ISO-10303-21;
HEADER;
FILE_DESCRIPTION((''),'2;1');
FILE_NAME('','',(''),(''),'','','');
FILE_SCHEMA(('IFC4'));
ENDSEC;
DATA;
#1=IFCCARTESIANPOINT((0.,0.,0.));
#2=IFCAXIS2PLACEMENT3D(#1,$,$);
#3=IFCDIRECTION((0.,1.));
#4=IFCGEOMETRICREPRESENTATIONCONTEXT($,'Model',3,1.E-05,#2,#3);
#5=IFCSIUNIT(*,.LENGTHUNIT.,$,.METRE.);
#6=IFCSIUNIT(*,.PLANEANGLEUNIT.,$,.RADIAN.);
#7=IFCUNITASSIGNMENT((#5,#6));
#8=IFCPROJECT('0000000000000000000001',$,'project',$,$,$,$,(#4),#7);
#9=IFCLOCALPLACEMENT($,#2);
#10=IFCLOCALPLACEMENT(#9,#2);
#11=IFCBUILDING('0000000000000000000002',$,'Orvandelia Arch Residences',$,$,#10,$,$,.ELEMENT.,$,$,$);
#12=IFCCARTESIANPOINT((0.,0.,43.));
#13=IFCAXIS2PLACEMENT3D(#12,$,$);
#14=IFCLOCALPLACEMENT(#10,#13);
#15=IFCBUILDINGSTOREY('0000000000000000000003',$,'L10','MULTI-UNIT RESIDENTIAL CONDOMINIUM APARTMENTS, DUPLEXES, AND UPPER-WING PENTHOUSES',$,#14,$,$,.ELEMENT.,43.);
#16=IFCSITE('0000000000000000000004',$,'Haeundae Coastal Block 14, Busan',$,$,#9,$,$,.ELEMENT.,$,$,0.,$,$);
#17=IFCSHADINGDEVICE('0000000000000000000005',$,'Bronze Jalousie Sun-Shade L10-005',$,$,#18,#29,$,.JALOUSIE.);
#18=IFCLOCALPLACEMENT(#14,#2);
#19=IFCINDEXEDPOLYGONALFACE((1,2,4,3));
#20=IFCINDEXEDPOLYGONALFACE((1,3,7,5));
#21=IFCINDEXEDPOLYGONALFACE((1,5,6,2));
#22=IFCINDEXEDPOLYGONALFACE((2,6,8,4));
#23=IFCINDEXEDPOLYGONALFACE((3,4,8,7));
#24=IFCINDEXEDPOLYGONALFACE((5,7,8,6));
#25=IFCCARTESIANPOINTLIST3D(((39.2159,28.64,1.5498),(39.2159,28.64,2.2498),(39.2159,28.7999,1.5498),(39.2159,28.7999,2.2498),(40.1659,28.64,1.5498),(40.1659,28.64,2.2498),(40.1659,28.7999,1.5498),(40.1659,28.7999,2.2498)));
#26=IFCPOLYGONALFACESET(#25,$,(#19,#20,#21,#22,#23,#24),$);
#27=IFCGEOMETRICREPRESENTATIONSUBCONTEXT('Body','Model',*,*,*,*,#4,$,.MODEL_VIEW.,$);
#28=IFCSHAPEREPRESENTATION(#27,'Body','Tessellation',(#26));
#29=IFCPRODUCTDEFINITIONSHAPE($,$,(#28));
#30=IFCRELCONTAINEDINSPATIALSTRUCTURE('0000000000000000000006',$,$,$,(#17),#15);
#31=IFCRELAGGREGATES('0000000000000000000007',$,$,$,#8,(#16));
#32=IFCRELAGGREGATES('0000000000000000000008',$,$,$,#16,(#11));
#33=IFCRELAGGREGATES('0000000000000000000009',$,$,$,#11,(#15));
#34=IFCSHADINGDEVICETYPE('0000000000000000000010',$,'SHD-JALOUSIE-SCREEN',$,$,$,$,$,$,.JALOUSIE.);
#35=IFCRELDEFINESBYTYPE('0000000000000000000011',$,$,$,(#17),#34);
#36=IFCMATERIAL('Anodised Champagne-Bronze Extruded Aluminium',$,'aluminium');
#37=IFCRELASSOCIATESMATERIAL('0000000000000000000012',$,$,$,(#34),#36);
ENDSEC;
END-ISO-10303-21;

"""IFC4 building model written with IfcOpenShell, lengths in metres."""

from ifc_helpers import new_model, si_unit, direction, frame, origin, origin_2d, place, context, subcontext, project, spatial, rectangle, extrude, material, type_object, element, save


model = new_model("IFC4")

# Units and contexts
model_context = context("Model", 3, precision=1e-05, world=origin(), true_north=direction((0.0, 1.0)))
body_context = subcontext(model_context, "Body", "Model", "MODEL_VIEW")
ifc_project = project(units=[si_unit("LENGTHUNIT", "METRE"), si_unit("PLANEANGLEUNIT", "RADIAN")], contexts=[model_context])

# Site, building, storey
site_placement = place(None, origin())
site = spatial("IfcSite", under=ifc_project, at=site_placement, Name="Haeundae Coastal Block 14, Busan", CompositionType="ELEMENT", RefElevation=0.0)
building_placement = place(site_placement, origin())
building = spatial("IfcBuilding", under=site, at=building_placement, Name="Orvandelia Arch Residences", CompositionType="ELEMENT")
storey_placement = place(building_placement, frame((0.0, 0.0, 43.0)))
storey = spatial("IfcBuildingStorey", under=building, at=storey_placement, Name="L10", Description="MULTI-UNIT RESIDENTIAL CONDOMINIUM APARTMENTS, DUPLEXES, AND UPPER-WING PENTHOUSES", CompositionType="ELEMENT", Elevation=43.0)

# Shading device
ifc_material_1 = material(Name="Anodised Champagne-Bronze Extruded Aluminium", Category="aluminium")
shading_device_type = type_object("IfcShadingDeviceType", Name="SHD-JALOUSIE-SCREEN", PredefinedType="JALOUSIE", material=ifc_material_1)
shading_device_placement = place(storey_placement, frame((39.6909, 28.72, 1.5498), z_axis=(0.0, 0.0, 1.0), x_axis=(-1.0, 0.0, 0.0)))
element("IfcShadingDevice", 1, at=shading_device_placement, inside=storey, type_object=shading_device_type, Name="Bronze Jalousie Sun-Shade L10-005", PredefinedType="JALOUSIE", context=body_context, shape_type="SweptSolid", body=[
    extrude(rectangle(XDim=0.95, YDim=0.1599, at=origin_2d()), origin(), (0.0, 0.0, 1.0), 0.7),
])

save(model, "model.ifc")
